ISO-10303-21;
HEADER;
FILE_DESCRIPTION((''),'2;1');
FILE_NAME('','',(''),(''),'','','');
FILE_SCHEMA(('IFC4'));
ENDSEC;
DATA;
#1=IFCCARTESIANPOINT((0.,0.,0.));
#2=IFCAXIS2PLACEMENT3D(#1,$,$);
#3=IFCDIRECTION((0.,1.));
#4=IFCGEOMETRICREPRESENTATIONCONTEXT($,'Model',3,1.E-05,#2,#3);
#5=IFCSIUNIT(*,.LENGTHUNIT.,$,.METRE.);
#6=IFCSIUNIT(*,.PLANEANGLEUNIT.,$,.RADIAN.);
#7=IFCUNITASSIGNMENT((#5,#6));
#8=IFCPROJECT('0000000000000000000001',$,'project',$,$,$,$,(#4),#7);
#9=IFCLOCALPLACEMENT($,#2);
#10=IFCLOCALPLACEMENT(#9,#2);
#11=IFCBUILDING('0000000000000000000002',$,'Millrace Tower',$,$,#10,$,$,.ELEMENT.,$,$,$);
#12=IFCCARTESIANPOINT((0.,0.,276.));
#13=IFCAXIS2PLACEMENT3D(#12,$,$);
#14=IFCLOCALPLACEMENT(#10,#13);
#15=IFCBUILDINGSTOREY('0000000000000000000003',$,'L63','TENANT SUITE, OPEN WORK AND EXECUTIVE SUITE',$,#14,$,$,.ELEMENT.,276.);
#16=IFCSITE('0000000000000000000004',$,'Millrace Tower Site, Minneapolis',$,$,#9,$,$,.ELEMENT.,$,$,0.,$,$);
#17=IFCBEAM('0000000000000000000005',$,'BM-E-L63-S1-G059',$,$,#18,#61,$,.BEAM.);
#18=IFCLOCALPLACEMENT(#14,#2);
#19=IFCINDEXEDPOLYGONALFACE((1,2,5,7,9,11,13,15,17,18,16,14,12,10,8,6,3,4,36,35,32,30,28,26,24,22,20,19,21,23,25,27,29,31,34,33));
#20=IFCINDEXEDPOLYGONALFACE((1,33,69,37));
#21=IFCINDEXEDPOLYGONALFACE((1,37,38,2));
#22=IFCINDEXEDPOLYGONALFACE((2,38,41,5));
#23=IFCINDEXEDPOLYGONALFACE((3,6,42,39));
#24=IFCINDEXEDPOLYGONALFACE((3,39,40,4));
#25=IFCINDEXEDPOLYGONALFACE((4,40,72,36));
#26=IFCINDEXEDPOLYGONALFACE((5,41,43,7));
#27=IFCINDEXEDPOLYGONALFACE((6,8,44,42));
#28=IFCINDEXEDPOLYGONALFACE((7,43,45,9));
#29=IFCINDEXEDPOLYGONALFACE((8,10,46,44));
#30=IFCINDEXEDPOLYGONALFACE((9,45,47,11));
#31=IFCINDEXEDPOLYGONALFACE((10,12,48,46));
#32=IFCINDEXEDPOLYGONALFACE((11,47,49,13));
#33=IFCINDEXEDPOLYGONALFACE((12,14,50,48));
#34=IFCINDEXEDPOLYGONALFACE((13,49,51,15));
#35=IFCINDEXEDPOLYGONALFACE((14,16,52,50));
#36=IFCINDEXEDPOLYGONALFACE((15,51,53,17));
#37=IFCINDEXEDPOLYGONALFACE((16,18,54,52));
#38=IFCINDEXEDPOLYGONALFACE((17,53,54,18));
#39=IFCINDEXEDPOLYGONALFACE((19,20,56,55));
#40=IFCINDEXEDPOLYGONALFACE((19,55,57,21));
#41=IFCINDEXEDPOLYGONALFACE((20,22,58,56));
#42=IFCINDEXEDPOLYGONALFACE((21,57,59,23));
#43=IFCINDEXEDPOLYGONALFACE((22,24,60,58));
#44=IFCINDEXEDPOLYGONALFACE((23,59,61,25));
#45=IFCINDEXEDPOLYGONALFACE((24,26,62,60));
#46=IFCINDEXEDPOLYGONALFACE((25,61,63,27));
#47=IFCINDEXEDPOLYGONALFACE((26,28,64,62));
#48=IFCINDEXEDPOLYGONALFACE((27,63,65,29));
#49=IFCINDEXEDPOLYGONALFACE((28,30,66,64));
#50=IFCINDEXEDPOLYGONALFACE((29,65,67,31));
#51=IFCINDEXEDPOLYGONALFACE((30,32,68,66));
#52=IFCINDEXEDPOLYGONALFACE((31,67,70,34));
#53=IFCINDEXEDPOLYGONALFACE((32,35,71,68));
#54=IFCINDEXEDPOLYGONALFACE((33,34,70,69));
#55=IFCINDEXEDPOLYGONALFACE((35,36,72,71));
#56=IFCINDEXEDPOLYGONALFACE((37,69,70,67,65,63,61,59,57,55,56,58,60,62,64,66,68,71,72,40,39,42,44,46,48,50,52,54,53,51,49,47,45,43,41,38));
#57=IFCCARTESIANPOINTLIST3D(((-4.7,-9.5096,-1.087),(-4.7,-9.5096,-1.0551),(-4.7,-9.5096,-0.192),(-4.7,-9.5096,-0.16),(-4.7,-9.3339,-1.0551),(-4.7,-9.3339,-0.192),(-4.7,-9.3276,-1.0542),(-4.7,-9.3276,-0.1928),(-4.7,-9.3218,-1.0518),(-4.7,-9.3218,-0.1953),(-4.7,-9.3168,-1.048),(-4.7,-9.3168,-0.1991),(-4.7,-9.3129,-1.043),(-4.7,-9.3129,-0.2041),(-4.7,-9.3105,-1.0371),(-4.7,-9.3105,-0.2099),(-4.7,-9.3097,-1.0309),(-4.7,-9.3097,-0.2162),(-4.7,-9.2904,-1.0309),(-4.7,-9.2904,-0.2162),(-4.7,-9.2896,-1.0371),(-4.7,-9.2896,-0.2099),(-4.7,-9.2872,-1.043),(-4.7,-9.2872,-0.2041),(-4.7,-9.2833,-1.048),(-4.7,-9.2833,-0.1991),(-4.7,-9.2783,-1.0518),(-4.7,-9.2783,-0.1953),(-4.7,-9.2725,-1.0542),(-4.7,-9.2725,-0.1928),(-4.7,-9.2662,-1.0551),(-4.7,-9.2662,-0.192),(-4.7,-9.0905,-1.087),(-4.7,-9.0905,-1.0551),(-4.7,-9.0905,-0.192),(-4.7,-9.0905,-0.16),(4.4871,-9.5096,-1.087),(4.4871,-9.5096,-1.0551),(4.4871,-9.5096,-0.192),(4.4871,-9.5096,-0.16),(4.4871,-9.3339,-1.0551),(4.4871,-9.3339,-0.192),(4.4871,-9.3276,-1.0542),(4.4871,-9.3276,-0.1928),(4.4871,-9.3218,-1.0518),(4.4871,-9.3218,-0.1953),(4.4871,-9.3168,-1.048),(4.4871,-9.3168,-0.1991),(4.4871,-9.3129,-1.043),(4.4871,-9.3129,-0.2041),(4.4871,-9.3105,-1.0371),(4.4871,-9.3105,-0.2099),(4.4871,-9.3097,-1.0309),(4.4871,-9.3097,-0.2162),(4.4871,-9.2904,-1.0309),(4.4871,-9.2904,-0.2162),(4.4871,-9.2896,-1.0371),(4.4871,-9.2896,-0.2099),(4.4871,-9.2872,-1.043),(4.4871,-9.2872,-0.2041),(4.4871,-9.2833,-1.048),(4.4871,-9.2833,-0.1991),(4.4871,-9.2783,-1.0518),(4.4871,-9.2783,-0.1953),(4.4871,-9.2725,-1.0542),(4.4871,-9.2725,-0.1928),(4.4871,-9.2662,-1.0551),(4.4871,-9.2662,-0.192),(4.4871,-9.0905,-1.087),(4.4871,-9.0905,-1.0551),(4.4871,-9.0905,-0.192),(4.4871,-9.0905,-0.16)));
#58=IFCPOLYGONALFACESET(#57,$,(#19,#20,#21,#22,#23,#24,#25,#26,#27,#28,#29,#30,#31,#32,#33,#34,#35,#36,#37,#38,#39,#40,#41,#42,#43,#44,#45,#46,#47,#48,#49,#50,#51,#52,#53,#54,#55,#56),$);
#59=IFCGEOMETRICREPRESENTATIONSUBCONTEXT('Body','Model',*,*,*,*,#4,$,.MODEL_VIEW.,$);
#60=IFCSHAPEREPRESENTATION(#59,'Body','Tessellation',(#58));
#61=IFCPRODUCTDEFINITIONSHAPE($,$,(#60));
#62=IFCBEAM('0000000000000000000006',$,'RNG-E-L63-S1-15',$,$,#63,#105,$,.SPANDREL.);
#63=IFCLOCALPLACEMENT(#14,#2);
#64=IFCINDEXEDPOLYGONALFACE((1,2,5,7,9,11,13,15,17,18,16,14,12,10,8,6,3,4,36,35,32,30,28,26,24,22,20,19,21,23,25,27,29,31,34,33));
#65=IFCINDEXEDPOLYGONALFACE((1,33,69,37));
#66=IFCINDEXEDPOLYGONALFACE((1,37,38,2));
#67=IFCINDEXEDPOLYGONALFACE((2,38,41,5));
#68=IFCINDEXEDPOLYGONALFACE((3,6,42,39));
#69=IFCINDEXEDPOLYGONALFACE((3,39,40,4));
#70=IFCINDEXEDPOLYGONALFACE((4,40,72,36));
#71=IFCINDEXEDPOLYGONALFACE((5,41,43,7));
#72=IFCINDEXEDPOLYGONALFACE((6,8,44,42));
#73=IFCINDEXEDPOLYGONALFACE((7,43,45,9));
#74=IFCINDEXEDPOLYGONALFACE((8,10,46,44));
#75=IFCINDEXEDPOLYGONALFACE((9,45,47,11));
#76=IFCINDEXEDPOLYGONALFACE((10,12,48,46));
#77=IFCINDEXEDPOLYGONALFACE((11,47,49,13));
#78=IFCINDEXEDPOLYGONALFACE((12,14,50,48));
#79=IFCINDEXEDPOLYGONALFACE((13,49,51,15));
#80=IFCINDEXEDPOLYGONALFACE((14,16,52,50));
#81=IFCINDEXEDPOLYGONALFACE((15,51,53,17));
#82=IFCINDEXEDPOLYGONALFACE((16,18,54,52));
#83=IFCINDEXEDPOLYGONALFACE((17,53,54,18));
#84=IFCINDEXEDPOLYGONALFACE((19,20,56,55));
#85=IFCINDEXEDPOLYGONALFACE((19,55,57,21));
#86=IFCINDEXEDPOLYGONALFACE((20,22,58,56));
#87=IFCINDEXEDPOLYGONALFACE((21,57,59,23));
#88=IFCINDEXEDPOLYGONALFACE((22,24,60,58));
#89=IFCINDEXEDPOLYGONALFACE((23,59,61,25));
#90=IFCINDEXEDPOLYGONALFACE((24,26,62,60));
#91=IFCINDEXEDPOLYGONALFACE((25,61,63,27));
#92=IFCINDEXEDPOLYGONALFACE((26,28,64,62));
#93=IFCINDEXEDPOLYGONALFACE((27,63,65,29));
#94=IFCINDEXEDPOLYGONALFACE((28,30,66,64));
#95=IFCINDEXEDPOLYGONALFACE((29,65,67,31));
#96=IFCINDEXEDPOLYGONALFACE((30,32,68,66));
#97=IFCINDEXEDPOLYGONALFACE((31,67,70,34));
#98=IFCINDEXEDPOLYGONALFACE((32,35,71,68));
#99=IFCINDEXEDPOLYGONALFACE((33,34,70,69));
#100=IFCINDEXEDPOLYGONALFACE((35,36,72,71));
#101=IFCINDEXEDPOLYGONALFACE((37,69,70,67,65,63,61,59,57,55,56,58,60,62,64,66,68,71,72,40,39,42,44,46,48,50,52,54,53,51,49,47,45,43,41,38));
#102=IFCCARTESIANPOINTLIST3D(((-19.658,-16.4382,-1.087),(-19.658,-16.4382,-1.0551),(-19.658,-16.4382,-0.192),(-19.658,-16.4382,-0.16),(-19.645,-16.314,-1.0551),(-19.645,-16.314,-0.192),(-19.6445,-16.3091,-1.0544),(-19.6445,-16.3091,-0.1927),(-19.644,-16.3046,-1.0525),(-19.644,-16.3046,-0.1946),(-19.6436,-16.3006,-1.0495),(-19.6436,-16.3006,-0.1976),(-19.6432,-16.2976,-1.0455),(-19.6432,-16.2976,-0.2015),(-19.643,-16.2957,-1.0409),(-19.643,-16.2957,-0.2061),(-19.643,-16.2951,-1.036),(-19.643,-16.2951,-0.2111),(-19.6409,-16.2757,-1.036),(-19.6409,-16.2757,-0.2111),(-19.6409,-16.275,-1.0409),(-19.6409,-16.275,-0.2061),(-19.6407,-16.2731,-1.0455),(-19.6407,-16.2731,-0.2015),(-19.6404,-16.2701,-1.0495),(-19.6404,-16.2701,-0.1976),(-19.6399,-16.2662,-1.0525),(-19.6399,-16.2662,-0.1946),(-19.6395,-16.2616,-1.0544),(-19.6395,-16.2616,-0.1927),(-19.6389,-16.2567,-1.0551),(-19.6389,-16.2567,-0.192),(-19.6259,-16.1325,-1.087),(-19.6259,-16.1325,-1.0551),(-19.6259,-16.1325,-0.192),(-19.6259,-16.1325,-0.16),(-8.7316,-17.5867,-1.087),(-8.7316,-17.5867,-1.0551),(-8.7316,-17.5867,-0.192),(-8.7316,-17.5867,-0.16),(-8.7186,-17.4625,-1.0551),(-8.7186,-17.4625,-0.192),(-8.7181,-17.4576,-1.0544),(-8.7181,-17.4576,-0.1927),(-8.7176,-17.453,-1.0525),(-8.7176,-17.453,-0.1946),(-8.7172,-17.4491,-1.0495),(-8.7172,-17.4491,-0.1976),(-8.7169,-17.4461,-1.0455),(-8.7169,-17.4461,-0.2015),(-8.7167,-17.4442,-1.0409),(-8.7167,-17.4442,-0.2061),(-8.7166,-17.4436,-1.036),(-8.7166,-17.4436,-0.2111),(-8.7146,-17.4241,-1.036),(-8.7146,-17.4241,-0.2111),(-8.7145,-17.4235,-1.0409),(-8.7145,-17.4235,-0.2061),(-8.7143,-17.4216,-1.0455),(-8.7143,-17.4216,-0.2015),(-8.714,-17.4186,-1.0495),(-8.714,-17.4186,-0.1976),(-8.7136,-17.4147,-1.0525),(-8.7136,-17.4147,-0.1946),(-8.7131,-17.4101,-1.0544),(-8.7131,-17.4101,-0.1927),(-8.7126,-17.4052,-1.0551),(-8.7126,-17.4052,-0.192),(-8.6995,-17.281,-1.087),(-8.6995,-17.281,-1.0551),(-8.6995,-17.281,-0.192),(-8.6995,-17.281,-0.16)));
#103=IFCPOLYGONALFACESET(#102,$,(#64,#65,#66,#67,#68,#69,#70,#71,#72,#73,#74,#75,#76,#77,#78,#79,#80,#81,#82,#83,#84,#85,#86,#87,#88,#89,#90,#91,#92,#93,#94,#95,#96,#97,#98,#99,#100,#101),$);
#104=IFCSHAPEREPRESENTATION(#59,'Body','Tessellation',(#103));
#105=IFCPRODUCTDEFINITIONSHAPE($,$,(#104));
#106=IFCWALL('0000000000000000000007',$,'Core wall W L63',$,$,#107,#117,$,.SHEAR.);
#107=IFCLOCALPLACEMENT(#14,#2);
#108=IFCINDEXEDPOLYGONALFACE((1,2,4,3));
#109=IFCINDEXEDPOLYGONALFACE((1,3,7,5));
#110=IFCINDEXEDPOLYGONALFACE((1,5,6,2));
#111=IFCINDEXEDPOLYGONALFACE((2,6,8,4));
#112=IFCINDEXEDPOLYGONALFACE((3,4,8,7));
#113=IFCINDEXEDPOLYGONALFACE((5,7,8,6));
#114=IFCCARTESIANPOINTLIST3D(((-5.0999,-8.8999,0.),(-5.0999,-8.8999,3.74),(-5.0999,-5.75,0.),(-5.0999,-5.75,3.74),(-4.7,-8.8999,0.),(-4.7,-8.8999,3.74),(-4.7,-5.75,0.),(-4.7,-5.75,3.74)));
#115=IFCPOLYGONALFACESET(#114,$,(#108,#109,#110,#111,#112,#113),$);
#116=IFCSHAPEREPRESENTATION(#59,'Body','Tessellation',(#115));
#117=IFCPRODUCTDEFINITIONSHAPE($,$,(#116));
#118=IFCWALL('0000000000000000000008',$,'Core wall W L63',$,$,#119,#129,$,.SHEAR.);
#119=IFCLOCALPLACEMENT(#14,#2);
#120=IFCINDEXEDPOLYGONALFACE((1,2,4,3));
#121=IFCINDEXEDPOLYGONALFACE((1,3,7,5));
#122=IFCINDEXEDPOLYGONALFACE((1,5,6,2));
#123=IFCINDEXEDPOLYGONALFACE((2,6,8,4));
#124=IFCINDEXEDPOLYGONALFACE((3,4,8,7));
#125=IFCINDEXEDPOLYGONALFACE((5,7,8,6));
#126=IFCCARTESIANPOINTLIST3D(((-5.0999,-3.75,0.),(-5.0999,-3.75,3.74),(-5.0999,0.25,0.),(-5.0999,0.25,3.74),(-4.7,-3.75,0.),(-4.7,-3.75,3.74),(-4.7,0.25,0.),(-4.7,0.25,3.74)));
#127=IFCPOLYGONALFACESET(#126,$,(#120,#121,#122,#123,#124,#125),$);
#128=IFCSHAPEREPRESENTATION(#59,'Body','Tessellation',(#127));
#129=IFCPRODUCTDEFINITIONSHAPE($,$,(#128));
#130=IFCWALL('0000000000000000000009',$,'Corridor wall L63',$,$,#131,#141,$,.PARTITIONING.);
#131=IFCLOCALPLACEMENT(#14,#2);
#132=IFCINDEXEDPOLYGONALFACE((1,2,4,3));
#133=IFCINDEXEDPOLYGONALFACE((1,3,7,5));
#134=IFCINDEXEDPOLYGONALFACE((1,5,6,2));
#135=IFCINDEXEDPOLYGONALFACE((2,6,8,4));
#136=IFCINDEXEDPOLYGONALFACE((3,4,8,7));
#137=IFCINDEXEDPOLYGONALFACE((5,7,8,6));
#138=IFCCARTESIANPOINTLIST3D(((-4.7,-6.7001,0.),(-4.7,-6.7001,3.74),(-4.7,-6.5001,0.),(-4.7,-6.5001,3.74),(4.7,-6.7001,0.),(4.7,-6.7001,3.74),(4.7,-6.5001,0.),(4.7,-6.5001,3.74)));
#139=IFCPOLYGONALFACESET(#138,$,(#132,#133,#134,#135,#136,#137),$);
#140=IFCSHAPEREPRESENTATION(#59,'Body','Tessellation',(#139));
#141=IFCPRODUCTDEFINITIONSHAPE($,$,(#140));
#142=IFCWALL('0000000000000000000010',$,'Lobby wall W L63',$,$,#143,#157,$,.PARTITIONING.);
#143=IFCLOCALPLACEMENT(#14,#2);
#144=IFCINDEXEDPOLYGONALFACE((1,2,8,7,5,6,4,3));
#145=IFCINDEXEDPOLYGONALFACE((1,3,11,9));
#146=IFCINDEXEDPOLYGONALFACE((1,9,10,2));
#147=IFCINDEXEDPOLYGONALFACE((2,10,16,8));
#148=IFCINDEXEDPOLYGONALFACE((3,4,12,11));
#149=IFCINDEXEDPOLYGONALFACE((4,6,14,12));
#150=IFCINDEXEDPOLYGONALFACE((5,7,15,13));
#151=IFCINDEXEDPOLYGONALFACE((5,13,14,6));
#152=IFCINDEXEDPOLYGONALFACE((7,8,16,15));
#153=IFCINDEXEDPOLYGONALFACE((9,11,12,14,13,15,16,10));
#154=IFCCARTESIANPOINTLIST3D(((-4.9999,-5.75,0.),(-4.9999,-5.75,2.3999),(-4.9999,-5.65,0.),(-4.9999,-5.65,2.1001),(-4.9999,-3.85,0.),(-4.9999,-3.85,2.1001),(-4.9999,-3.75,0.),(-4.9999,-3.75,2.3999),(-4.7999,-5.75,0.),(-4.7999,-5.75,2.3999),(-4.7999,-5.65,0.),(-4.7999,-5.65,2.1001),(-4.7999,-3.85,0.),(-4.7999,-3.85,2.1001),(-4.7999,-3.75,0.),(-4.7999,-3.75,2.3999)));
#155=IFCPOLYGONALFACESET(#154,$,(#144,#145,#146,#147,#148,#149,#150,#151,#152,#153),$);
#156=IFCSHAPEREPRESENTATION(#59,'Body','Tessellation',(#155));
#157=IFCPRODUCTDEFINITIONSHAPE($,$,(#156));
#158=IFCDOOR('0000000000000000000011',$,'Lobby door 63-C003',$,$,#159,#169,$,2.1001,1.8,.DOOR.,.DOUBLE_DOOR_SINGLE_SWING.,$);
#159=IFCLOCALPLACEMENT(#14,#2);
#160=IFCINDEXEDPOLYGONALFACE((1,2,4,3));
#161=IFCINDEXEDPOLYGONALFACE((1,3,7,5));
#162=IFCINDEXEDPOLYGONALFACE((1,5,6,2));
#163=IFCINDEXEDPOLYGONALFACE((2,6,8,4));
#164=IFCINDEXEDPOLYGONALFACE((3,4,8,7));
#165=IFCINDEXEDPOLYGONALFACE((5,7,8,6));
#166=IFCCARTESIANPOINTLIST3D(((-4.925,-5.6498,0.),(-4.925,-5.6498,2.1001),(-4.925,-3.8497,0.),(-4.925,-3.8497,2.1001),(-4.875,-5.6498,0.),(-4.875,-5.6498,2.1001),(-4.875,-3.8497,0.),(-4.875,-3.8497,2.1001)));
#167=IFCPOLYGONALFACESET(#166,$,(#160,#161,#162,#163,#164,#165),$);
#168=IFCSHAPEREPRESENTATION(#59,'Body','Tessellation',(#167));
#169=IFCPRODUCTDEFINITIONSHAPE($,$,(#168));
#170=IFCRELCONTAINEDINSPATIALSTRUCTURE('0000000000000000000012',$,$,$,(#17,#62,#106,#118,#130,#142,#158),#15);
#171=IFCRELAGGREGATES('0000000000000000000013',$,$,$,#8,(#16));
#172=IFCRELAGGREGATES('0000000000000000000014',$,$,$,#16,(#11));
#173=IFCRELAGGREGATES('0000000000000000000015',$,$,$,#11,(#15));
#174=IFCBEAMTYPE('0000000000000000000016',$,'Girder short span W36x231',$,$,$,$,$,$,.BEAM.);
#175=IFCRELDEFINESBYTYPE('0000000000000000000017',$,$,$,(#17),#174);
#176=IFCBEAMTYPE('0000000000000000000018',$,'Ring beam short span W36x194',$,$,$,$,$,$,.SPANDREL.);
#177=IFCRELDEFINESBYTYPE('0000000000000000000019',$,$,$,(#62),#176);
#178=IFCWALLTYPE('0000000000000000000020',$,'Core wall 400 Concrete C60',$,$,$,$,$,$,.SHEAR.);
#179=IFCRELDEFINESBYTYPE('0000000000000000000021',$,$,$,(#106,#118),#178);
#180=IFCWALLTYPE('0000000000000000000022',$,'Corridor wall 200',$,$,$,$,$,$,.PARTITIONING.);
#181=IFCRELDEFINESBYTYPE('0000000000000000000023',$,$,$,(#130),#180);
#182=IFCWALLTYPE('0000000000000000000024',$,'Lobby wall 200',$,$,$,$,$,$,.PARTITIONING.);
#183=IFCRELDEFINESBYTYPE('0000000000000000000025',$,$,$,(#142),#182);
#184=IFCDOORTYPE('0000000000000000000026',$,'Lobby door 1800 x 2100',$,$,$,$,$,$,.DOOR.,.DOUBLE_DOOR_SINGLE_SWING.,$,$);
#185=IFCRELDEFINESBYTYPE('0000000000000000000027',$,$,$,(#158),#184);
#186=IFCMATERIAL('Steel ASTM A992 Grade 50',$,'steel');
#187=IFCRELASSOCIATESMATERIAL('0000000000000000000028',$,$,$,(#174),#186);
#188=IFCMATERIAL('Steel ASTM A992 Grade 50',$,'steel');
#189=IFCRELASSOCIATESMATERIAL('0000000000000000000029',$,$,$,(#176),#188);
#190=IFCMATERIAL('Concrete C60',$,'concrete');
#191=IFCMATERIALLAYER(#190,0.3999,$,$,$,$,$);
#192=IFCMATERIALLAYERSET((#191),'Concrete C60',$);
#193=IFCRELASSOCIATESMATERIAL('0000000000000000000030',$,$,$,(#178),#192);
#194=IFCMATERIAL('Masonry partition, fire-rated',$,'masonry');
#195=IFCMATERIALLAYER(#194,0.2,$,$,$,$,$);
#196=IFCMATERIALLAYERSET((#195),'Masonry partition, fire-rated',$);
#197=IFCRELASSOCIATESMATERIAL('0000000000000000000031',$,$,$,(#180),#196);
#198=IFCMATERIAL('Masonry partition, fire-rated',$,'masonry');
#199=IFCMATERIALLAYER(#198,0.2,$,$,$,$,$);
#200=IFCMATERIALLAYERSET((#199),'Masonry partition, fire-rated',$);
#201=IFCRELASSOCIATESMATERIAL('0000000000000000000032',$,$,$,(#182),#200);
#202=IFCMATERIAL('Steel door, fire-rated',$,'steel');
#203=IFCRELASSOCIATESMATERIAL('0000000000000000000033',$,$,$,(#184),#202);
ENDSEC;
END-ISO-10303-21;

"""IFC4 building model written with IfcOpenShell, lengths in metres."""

from ifc_helpers import new_model, si_unit, direction, frame, frame_2d, origin, origin_2d, place, context, subcontext, project, spatial, rectangle, i_section, extrude, material, layer, layer_set, material_profile, profile_set, type_object, element, fill, save


model = new_model("IFC4")

# Units and contexts
model_context = context("Model", 3, precision=1e-05, world=origin(), true_north=direction((0.0, 1.0)))
body_context = subcontext(model_context, "Body", "Model", "MODEL_VIEW")
ifc_project = project(units=[si_unit("LENGTHUNIT", "METRE"), si_unit("PLANEANGLEUNIT", "RADIAN")], contexts=[model_context])

# Site, building, storey
site_placement = place(None, origin())
site = spatial("IfcSite", under=ifc_project, at=site_placement, Name="Millrace Tower Site, Minneapolis", CompositionType="ELEMENT", RefElevation=0.0)
building_placement = place(site_placement, origin())
building = spatial("IfcBuilding", under=site, at=building_placement, Name="Millrace Tower", CompositionType="ELEMENT")
storey_placement = place(building_placement, frame((0.0, 0.0, 276.0)))
storey = spatial("IfcBuildingStorey", under=building, at=storey_placement, Name="L63", Description="TENANT SUITE, OPEN WORK AND EXECUTIVE SUITE", CompositionType="ELEMENT", Elevation=276.0)

# Beams
ifc_material_1 = material(Name="Steel ASTM A992 Grade 50", Category="steel")
ifc_material_profile_1 = material_profile(ifc_material_1, i_section(OverallWidth=0.4192, OverallDepth=0.927, WebThickness=0.0193, FlangeThickness=0.032, FilletRadius=0.0242, at=origin_2d()))
ifc_profile_set_1 = profile_set([ifc_material_profile_1], Name="Steel ASTM A992 Grade 50")
beam_type_1 = type_object("IfcBeamType", Name="Girder short span W36x231", PredefinedType="BEAM", material=ifc_profile_set_1)
beam_1_placement = place(storey_placement, frame((-4.7, -9.3, -0.6235), z_axis=(1.0, 0.0, 0.0), x_axis=(0.0, 1.0, 0.0)))
element("IfcBeam", 1, at=beam_1_placement, inside=storey, type_object=beam_type_1, Name="BM-E-L63-S1-G059", PredefinedType="BEAM", context=body_context, shape_type="SweptSolid", body=[
    extrude(i_section(OverallWidth=0.4192, OverallDepth=0.927, WebThickness=0.0193, FlangeThickness=0.032, FilletRadius=0.0242, at=origin_2d()), origin(), (0.0, 0.0, 1.0), 9.187),
])
ifc_material_2 = material(Name="Steel ASTM A992 Grade 50", Category="steel")
ifc_material_profile_2 = material_profile(ifc_material_2, i_section(OverallWidth=0.3074, OverallDepth=0.927, WebThickness=0.0195, FlangeThickness=0.032, FilletRadius=0.019, at=origin_2d()))
ifc_profile_set_2 = profile_set([ifc_material_profile_2], Name="Steel ASTM A992 Grade 50")
beam_type_2 = type_object("IfcBeamType", Name="Ring beam short span W36x194", PredefinedType="SPANDREL", material=ifc_profile_set_2)
beam_2_placement = place(storey_placement, frame((-8.7156, -17.4338, -0.6235), z_axis=(-0.994522, 0.104532, 0.0), x_axis=(-0.104532, -0.994522, 0.0)))
element("IfcBeam", 2, at=beam_2_placement, inside=storey, type_object=beam_type_2, Name="RNG-E-L63-S1-15", PredefinedType="SPANDREL", context=body_context, shape_type="SweptSolid", body=[
    extrude(i_section(OverallWidth=0.3074, OverallDepth=0.927, WebThickness=0.0195, FlangeThickness=0.032, FilletRadius=0.019, at=origin_2d()), origin(), (0.0, 0.0, 1.0), 10.9866),
])

# Walls
ifc_material_3 = material(Name="Concrete C60", Category="concrete")
ifc_layer_1 = layer(ifc_material_3, 0.3999)
ifc_layer_set_1 = layer_set([ifc_layer_1], Name="Concrete C60")
wall_type_1 = type_object("IfcWallType", Name="Core wall 400 Concrete C60", PredefinedType="SHEAR", material=ifc_layer_set_1)
wall_1_placement = place(storey_placement, frame((-4.8999, -8.8999, 0.0), z_axis=(0.0, 0.0, 1.0), x_axis=(0.0, 1.0, 0.0)))
element("IfcWall", 3, at=wall_1_placement, inside=storey, type_object=wall_type_1, Name="Core wall W L63", PredefinedType="SHEAR", context=body_context, shape_type="SweptSolid", body=[
    extrude(rectangle(XDim=3.1499, YDim=0.3999, at=frame_2d((1.575, 0.0))), origin(), (0.0, 0.0, 1.0), 3.74),
])
wall_2_placement = place(storey_placement, frame((-4.8999, -3.75, 0.0), z_axis=(0.0, 0.0, 1.0), x_axis=(0.0, 1.0, 0.0)))
element("IfcWall", 4, at=wall_2_placement, inside=storey, type_object=wall_type_1, Name="Core wall W L63", PredefinedType="SHEAR", context=body_context, shape_type="SweptSolid", body=[
    extrude(rectangle(XDim=4.0, YDim=0.3999, at=frame_2d((2.0, 0.0))), origin(), (0.0, 0.0, 1.0), 3.74),
])
ifc_material_4 = material(Name="Masonry partition, fire-rated", Category="masonry")
ifc_layer_2 = layer(ifc_material_4, 0.2)
ifc_layer_set_2 = layer_set([ifc_layer_2], Name="Masonry partition, fire-rated")
wall_type_2 = type_object("IfcWallType", Name="Corridor wall 200", PredefinedType="PARTITIONING", material=ifc_layer_set_2)
wall_3_placement = place(storey_placement, frame((-4.7, -6.6001, 0.0), z_axis=(0.0, 0.0, 1.0), x_axis=(1.0, 0.0, 0.0)))
element("IfcWall", 5, at=wall_3_placement, inside=storey, type_object=wall_type_2, Name="Corridor wall L63", PredefinedType="PARTITIONING", context=body_context, shape_type="SweptSolid", body=[
    extrude(rectangle(XDim=9.3999, YDim=0.2, at=frame_2d((4.7, 0.0))), origin(), (0.0, 0.0, 1.0), 3.74),
])

# Wall, opening, door
ifc_material_5 = material(Name="Masonry partition, fire-rated", Category="masonry")
ifc_layer_3 = layer(ifc_material_5, 0.2)
ifc_layer_set_3 = layer_set([ifc_layer_3], Name="Masonry partition, fire-rated")
wall_type_3 = type_object("IfcWallType", Name="Lobby wall 200", PredefinedType="PARTITIONING", material=ifc_layer_set_3)
wall_4_placement = place(storey_placement, frame((-4.8999, -5.75, 0.0), z_axis=(0.0, 0.0, 1.0), x_axis=(0.0, 1.0, 0.0)))
wall_4 = element("IfcWall", 6, at=wall_4_placement, inside=storey, type_object=wall_type_3, Name="Lobby wall W L63", PredefinedType="PARTITIONING", context=body_context, shape_type="SweptSolid", body=[
    extrude(rectangle(XDim=2.0, YDim=0.2, at=frame_2d((1.0, 0.0))), origin(), (0.0, 0.0, 1.0), 2.3999),
])
opening_placement = place(wall_4_placement, frame((0.1001, 0.0, 0.0)))
opening = element("IfcOpeningElement", 7, at=opening_placement, cuts=wall_4, PredefinedType="OPENING", context=body_context, shape_type="SweptSolid", body=[
    extrude(rectangle(XDim=1.8, YDim=2.1001, at=frame_2d((0.8999, 1.05))), frame((0.0, 0.1099, 0.0), z_axis=(0.0, -1.0, 0.0), x_axis=(1.0, 0.0, 0.0)), (0.0, 0.0, 1.0), 0.22),
])
ifc_material_6 = material(Name="Steel door, fire-rated", Category="steel")
door_type = type_object("IfcDoorType", Name="Lobby door 1800 x 2100", OperationType="DOUBLE_DOOR_SINGLE_SWING", PredefinedType="DOOR", material=ifc_material_6)
door_placement = place(opening_placement, frame((1.8, 0.0, 0.0), z_axis=(0.0, 0.0, 1.0), x_axis=(-1.0, 0.0, 0.0)))
door = element("IfcDoor", 8, at=door_placement, inside=storey, type_object=door_type, Name="Lobby door 63-C003", OperationType="DOUBLE_DOOR_SINGLE_SWING", OverallHeight=2.1001, OverallWidth=1.8, PredefinedType="DOOR", context=body_context, shape_type="SweptSolid", body=[
    extrude(rectangle(XDim=1.8, YDim=2.1001, at=frame_2d((0.8999, 1.05))), frame((0.0, 0.0249, 0.0), z_axis=(0.0, -1.0, 0.0), x_axis=(1.0, 0.0, 0.0)), (0.0, 0.0, 1.0), 0.05),
])
fill(opening, door)

save(model, "model.ifc")
